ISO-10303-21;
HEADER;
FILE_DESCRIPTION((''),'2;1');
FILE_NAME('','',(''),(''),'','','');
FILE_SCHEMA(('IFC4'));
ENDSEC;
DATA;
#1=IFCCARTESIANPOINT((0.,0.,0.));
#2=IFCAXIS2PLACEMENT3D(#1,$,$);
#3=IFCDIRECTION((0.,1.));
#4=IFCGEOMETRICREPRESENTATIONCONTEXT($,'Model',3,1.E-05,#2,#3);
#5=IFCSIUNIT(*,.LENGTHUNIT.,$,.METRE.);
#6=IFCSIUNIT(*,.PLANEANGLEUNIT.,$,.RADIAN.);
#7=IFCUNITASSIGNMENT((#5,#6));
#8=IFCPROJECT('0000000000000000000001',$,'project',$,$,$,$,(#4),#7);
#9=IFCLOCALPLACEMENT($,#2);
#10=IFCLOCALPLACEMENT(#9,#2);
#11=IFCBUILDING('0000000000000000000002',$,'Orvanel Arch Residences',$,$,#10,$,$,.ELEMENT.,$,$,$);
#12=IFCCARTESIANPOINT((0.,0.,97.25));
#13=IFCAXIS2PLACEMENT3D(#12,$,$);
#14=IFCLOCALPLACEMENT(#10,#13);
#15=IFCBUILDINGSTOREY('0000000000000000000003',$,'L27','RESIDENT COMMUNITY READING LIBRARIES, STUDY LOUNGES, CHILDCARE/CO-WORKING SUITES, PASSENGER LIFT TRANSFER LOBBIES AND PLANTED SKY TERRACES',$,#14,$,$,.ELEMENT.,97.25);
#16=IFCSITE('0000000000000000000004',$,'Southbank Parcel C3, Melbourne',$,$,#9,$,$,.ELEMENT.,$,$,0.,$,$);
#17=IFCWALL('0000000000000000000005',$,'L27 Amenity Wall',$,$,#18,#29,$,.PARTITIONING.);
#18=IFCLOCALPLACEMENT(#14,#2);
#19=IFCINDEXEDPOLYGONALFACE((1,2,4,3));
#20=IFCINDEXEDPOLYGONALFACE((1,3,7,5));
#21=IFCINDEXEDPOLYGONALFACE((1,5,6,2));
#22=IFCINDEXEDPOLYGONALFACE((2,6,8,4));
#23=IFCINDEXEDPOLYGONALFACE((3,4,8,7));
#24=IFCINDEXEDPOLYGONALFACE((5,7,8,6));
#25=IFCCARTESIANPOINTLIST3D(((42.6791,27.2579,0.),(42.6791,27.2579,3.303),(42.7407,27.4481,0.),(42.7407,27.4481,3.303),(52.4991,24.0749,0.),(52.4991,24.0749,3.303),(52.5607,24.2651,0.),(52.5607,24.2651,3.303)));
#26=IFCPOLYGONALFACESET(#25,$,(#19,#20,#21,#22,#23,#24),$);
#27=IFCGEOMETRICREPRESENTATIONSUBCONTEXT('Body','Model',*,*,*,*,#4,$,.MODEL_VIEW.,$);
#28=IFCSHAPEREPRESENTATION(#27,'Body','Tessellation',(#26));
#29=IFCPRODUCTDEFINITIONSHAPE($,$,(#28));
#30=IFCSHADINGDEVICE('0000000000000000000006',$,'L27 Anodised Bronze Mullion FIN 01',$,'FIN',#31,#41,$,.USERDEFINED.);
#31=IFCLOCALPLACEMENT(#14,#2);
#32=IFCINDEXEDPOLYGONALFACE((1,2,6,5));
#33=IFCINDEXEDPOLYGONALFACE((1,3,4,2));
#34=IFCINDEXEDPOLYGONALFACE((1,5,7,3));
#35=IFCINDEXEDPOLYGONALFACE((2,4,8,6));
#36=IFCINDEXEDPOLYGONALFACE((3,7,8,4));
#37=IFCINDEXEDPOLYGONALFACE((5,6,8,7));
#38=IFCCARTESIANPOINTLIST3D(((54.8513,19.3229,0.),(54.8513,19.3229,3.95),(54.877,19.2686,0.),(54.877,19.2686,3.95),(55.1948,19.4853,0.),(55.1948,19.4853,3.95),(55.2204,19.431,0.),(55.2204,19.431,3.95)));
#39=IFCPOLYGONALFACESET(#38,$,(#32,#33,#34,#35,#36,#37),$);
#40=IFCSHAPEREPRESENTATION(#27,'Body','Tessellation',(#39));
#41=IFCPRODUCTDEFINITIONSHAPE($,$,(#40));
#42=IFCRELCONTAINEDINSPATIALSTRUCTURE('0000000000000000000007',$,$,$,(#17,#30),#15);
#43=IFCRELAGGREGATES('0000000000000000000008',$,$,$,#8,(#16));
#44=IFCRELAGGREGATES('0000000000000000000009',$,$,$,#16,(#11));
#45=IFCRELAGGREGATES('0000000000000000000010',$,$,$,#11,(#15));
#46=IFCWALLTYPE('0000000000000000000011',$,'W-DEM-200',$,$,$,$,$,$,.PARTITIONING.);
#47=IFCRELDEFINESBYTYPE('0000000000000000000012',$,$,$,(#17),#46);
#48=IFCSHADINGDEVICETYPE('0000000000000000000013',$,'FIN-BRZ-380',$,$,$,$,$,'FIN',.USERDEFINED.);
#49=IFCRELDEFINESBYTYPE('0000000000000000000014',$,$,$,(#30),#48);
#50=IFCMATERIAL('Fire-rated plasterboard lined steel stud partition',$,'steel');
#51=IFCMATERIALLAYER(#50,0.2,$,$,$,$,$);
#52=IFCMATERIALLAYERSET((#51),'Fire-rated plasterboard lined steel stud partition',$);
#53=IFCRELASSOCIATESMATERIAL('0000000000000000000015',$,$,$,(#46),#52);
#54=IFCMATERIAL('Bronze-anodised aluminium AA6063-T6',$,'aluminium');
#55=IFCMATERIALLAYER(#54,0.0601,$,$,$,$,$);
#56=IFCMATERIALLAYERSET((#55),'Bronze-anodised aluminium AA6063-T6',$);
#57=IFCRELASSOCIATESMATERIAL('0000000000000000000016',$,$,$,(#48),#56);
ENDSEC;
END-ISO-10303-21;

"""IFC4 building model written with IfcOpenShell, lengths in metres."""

from ifc_helpers import new_model, si_unit, direction, frame, frame_2d, origin, origin_2d, place, context, subcontext, project, spatial, rectangle, extrude, material, layer, layer_set, type_object, element, save


model = new_model("IFC4")

# Units and contexts
model_context = context("Model", 3, precision=1e-05, world=origin(), true_north=direction((0.0, 1.0)))
body_context = subcontext(model_context, "Body", "Model", "MODEL_VIEW")
ifc_project = project(units=[si_unit("LENGTHUNIT", "METRE"), si_unit("PLANEANGLEUNIT", "RADIAN")], contexts=[model_context])

# Site, building, storey
site_placement = place(None, origin())
site = spatial("IfcSite", under=ifc_project, at=site_placement, Name="Southbank Parcel C3, Melbourne", CompositionType="ELEMENT", RefElevation=0.0)
building_placement = place(site_placement, origin())
building = spatial("IfcBuilding", under=site, at=building_placement, Name="Orvanel Arch Residences", CompositionType="ELEMENT")
storey_placement = place(building_placement, frame((0.0, 0.0, 97.25)))
storey = spatial("IfcBuildingStorey", under=building, at=storey_placement, Name="L27", Description="RESIDENT COMMUNITY READING LIBRARIES, STUDY LOUNGES, CHILDCARE/CO-WORKING SUITES, PASSENGER LIFT TRANSFER LOBBIES AND PLANTED SKY TERRACES", CompositionType="ELEMENT", Elevation=97.25)

# Shared definitions
ifc_material_1 = material(Name="Bronze-anodised aluminium AA6063-T6", Category="aluminium")

# Wall
ifc_material_2 = material(Name="Fire-rated plasterboard lined steel stud partition", Category="steel")
ifc_layer_1 = layer(ifc_material_2, 0.2)
ifc_layer_set_1 = layer_set([ifc_layer_1], Name="Fire-rated plasterboard lined steel stud partition")
wall_type_1 = type_object("IfcWallType", Name="W-DEM-200", PredefinedType="PARTITIONING", material=ifc_layer_set_1)
wall_1_placement = place(storey_placement, frame((52.53, 24.1699, 0.0), z_axis=(0.0, 0.0, 1.0), x_axis=(-0.951273, 0.308349, 0.0)))
element("IfcWall", 1, at=wall_1_placement, inside=storey, type_object=wall_type_1, Name="L27 Amenity Wall", PredefinedType="PARTITIONING", context=body_context, shape_type="SweptSolid", body=[
    extrude(rectangle(XDim=10.323, YDim=0.2, at=frame_2d((5.1616, 0.0))), origin(), (0.0, 0.0, 1.0), 3.303),
])

# Shading device
ifc_layer_2 = layer(ifc_material_1, 0.0601)
ifc_layer_set_2 = layer_set([ifc_layer_2], Name="Bronze-anodised aluminium AA6063-T6")
shading_device_type = type_object("IfcShadingDeviceType", Name="FIN-BRZ-380", ElementType="FIN", PredefinedType="USERDEFINED", material=ifc_layer_set_2)
shading_device_placement = place(storey_placement, frame((55.0359, 19.377, 0.0), z_axis=(0.0, 0.0, 1.0), x_axis=(0.904083, 0.427358, 0.0)))
element("IfcShadingDevice", 2, at=shading_device_placement, inside=storey, type_object=shading_device_type, Name="L27 Anodised Bronze Mullion FIN 01", ObjectType="FIN", PredefinedType="USERDEFINED", context=body_context, shape_type="SweptSolid", body=[
    extrude(rectangle(XDim=0.3799, YDim=0.0601, at=origin_2d()), origin(), (0.0, 0.0, 1.0), 3.95),
])

save(model, "model.ifc")
